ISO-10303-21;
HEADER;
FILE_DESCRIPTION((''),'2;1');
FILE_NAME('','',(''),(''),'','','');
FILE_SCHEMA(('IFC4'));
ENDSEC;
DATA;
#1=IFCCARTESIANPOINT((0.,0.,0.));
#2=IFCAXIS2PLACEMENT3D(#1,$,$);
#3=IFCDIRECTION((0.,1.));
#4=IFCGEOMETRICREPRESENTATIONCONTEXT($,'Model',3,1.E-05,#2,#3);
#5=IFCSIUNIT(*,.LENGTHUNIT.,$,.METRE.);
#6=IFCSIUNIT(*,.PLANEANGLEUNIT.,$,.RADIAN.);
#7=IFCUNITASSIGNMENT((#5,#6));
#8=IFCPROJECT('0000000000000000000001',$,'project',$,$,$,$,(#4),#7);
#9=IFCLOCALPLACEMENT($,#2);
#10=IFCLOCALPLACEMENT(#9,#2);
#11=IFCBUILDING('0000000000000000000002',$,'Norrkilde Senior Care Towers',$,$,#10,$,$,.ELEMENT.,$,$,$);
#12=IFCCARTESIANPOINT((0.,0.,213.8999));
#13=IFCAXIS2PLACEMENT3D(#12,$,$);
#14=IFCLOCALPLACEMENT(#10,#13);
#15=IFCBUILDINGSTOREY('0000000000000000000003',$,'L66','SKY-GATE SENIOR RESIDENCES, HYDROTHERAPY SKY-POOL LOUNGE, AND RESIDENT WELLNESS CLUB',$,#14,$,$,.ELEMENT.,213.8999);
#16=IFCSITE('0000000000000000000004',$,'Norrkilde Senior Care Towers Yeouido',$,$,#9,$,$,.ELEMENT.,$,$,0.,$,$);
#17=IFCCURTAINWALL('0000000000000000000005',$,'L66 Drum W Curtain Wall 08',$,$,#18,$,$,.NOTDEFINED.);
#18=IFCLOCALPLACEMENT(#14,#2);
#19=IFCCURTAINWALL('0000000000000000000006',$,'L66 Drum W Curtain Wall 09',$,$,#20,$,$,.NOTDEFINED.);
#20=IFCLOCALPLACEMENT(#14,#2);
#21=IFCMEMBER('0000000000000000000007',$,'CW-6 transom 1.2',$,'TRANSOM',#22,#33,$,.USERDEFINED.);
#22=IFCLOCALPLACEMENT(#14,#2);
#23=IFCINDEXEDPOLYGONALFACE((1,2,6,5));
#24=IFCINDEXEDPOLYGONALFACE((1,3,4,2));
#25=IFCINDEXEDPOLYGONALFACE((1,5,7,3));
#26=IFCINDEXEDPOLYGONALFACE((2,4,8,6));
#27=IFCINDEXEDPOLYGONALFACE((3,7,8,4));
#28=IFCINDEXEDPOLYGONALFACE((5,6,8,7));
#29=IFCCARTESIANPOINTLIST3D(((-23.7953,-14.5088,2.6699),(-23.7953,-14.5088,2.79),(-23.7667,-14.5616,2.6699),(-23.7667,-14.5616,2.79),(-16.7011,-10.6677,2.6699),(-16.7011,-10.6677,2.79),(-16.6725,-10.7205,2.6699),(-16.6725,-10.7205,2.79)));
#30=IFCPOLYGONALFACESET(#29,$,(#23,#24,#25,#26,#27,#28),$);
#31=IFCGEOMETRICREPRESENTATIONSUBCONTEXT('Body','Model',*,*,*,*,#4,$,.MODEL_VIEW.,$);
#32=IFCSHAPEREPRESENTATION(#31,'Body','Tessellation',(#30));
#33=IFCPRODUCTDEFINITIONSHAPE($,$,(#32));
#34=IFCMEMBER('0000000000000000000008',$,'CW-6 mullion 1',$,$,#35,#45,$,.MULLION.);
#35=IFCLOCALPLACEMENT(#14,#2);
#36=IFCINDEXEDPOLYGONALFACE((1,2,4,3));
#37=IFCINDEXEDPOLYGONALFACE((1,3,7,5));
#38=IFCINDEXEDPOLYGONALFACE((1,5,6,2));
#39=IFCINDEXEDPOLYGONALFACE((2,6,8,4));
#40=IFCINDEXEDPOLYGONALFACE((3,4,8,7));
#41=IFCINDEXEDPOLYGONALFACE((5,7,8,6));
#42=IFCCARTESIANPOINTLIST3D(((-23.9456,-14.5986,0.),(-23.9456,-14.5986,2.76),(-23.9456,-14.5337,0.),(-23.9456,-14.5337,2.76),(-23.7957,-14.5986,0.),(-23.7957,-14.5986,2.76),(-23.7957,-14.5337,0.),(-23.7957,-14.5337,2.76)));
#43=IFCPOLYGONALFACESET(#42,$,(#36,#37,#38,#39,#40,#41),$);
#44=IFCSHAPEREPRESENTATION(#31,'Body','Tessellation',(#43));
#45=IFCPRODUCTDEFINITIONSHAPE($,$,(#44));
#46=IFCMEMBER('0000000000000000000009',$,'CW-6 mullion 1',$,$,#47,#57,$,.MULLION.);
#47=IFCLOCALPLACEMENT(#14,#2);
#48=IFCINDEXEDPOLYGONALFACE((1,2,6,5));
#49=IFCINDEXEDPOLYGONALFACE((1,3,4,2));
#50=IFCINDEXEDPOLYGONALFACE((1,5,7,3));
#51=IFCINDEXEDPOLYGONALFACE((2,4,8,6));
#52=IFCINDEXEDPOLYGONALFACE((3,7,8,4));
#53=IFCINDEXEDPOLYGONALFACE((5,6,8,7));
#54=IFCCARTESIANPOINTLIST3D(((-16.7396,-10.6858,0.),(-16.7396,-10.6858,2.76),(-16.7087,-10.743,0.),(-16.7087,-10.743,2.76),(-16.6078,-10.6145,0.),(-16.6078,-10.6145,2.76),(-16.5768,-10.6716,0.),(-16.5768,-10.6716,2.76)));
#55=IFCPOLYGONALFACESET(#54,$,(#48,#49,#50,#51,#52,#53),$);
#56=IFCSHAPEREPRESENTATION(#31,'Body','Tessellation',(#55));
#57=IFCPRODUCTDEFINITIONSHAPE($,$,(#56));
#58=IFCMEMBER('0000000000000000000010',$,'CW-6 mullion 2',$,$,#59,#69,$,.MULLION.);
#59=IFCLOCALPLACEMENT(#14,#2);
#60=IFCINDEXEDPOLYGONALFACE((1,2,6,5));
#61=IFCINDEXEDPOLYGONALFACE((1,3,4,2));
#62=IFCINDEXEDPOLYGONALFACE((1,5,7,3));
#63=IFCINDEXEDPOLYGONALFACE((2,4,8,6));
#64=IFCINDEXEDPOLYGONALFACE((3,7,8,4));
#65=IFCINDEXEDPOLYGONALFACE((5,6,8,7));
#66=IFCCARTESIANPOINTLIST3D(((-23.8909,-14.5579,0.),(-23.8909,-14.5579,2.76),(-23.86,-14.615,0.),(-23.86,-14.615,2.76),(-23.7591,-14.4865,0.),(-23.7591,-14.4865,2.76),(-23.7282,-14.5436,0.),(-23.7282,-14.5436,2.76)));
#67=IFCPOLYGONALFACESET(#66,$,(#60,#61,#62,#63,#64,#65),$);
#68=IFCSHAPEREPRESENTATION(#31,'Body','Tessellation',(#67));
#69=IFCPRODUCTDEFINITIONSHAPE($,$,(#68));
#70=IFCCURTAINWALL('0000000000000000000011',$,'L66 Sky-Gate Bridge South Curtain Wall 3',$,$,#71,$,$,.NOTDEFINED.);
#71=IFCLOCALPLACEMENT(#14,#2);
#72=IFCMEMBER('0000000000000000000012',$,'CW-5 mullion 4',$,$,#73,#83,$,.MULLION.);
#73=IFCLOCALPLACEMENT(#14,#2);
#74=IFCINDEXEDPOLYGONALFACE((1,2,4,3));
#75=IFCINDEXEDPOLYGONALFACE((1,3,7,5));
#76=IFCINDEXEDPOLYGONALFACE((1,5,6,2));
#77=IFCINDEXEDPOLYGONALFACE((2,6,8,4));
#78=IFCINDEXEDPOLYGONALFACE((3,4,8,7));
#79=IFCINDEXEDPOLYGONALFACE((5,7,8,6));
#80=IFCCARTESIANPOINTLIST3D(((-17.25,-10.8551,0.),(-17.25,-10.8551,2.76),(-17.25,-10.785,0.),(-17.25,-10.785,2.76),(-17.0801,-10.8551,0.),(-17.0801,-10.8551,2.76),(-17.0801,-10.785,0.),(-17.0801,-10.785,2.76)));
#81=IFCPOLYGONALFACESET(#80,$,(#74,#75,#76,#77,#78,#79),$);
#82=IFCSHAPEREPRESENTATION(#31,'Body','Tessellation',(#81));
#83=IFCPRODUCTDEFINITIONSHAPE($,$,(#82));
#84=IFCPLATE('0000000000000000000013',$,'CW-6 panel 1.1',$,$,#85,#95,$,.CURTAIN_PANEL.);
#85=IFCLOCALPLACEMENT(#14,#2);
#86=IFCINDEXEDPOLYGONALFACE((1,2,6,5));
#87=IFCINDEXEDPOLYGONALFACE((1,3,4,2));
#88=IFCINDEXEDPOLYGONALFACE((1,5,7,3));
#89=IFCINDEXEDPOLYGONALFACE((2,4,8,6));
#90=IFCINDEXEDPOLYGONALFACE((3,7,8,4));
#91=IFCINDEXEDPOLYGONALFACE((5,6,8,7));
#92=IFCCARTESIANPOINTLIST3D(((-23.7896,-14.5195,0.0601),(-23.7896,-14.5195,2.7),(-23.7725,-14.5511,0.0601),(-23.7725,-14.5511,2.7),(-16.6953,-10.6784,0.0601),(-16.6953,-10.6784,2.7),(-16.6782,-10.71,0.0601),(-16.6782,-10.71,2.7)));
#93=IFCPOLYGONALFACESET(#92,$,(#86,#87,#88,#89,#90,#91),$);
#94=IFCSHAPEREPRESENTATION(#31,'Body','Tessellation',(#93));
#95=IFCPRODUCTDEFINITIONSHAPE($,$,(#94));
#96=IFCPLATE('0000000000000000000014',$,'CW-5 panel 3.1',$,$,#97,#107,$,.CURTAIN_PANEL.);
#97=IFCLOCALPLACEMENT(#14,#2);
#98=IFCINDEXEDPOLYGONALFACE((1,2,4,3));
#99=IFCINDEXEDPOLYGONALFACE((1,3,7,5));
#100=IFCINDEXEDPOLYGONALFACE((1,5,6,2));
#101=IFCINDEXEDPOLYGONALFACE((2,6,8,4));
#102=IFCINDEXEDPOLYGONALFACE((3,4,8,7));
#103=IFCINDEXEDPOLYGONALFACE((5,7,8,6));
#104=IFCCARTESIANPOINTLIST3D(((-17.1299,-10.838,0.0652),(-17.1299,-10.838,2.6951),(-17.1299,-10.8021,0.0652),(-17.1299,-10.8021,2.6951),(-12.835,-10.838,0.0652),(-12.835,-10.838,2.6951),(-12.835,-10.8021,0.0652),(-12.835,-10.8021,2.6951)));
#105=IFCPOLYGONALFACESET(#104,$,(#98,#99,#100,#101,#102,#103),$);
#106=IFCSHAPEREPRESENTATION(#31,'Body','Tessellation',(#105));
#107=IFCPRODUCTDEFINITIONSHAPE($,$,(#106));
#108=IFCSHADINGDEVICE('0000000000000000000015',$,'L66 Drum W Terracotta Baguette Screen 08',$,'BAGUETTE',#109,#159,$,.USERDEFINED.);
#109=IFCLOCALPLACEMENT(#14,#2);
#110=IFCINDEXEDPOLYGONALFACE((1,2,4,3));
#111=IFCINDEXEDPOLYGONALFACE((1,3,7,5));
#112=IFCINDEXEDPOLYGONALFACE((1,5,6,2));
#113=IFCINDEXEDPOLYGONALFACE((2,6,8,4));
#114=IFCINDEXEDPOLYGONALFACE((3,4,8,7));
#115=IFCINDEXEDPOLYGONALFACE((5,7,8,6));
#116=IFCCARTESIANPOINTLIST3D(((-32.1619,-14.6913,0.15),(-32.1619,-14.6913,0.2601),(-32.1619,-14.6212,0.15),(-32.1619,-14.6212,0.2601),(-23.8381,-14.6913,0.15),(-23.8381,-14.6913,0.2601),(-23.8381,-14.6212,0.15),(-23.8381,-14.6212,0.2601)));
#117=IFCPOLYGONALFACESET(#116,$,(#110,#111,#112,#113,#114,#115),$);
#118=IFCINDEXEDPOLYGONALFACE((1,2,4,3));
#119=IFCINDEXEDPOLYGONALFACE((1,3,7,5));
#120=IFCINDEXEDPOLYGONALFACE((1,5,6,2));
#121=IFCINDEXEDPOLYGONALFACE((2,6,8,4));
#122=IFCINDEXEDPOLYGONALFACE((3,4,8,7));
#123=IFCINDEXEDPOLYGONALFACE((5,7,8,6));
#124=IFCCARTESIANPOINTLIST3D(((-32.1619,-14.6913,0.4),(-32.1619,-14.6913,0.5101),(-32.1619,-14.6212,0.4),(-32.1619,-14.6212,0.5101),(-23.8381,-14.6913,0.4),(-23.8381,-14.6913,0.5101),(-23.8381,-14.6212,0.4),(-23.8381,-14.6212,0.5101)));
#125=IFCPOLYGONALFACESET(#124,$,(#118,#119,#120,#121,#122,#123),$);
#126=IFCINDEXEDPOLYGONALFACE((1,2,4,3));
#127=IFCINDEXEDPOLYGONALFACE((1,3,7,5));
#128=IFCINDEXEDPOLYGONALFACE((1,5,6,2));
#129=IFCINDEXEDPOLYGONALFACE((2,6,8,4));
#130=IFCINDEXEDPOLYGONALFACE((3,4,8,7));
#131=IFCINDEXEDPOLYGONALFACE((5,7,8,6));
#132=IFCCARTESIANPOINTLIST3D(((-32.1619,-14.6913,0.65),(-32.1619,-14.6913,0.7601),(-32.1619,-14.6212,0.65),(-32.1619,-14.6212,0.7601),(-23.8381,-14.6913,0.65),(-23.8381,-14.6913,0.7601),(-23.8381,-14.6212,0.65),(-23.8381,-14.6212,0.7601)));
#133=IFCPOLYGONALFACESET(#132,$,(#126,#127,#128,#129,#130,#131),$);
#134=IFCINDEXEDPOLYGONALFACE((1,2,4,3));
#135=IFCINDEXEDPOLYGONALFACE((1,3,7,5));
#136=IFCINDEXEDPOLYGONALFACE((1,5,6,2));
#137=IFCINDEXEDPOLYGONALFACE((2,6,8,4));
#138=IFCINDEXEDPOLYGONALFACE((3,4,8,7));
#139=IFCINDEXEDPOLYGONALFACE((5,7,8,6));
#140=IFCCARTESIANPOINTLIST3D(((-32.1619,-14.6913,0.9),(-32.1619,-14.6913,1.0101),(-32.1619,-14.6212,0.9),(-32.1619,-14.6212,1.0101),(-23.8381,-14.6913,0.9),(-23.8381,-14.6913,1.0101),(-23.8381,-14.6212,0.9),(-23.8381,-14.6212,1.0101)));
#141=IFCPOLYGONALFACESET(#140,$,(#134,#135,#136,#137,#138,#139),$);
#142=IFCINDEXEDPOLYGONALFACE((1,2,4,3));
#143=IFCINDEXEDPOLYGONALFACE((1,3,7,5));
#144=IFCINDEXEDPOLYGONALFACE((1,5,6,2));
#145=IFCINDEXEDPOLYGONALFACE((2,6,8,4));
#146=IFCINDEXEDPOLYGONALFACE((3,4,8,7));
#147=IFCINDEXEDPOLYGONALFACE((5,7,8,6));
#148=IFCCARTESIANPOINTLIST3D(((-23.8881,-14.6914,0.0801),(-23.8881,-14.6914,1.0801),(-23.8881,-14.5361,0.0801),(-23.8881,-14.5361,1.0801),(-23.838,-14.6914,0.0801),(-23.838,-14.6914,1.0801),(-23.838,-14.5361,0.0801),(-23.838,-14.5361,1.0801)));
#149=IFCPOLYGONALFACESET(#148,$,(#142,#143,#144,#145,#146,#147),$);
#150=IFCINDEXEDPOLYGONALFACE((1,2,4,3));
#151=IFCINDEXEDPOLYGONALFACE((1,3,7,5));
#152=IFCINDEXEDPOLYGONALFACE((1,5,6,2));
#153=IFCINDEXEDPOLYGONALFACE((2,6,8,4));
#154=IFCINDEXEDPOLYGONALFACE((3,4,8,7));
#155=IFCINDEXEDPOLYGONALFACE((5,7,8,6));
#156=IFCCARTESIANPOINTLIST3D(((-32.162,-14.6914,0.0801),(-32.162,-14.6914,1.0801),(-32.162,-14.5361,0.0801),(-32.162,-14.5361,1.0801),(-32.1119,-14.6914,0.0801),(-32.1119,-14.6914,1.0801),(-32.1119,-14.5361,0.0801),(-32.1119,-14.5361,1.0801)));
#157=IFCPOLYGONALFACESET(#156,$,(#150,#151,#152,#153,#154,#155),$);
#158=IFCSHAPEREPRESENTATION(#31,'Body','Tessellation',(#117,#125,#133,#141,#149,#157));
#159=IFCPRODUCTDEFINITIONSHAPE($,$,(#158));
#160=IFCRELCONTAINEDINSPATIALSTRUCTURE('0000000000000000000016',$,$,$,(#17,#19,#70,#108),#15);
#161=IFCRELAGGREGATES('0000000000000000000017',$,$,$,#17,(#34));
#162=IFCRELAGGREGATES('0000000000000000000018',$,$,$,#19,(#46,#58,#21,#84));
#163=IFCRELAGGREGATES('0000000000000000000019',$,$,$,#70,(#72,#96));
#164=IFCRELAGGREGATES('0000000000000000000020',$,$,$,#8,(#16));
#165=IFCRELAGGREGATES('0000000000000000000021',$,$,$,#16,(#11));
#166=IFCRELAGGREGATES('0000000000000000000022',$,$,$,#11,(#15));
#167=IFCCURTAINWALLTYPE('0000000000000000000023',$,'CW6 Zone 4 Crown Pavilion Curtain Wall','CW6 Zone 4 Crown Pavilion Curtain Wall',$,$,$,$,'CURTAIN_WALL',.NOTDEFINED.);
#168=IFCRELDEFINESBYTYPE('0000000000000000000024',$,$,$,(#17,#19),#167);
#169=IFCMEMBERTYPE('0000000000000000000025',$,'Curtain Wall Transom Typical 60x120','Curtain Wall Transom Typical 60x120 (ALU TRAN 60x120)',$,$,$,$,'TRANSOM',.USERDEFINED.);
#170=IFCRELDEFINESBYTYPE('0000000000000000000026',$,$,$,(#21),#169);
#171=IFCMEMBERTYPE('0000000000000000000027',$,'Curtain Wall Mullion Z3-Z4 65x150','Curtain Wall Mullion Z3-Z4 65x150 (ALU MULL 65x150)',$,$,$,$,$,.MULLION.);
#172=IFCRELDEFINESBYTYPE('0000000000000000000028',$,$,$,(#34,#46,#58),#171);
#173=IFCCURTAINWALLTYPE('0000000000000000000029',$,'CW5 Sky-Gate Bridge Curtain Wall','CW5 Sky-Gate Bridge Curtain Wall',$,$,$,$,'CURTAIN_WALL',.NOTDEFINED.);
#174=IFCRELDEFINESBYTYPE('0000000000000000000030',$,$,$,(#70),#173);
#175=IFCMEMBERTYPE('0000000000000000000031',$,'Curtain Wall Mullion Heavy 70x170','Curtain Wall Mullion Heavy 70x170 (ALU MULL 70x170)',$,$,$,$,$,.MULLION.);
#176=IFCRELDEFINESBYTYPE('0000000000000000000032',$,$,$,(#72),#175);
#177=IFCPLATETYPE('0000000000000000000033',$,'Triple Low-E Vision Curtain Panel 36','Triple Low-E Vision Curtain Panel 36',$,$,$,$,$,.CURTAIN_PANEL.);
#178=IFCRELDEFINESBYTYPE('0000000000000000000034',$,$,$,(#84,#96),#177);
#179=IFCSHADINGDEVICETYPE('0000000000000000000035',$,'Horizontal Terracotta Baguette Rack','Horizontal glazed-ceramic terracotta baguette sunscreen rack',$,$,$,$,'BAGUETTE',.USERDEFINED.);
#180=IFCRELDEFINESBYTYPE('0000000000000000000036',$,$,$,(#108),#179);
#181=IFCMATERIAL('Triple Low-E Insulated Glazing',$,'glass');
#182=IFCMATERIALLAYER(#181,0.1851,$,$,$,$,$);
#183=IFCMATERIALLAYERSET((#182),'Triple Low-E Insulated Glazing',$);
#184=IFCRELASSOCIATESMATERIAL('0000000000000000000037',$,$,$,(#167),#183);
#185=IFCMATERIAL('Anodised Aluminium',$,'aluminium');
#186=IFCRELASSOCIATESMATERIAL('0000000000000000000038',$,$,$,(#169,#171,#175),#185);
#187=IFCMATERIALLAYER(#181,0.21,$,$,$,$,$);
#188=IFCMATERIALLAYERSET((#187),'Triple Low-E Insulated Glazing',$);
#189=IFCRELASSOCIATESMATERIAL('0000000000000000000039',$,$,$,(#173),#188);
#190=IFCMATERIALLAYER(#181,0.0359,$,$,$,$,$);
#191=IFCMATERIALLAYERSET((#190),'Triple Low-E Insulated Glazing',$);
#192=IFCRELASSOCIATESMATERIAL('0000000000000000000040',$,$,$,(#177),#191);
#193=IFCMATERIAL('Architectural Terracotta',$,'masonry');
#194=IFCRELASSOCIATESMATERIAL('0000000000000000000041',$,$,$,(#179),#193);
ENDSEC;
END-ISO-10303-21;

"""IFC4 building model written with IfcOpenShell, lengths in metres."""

from ifc_helpers import new_model, si_unit, direction, frame, origin, origin_2d, place, context, subcontext, project, spatial, rectangle, extrude, source, transform, mapped, material, layer, layer_set, material_profile, profile_set, type_object, type_shapes, element, aggregate, save


model = new_model("IFC4")

# Units and contexts
model_context = context("Model", 3, precision=1e-05, world=origin(), true_north=direction((0.0, 1.0)))
body_context = subcontext(model_context, "Body", "Model", "MODEL_VIEW")
ifc_project = project(units=[si_unit("LENGTHUNIT", "METRE"), si_unit("PLANEANGLEUNIT", "RADIAN")], contexts=[model_context])

# Site, building, storey
site_placement = place(None, origin())
site = spatial("IfcSite", under=ifc_project, at=site_placement, Name="Norrkilde Senior Care Towers Yeouido", CompositionType="ELEMENT", RefElevation=0.0)
building_placement = place(site_placement, origin())
building = spatial("IfcBuilding", under=site, at=building_placement, Name="Norrkilde Senior Care Towers", CompositionType="ELEMENT")
storey_placement = place(building_placement, frame((0.0, 0.0, 213.8999)))
storey = spatial("IfcBuildingStorey", under=building, at=storey_placement, Name="L66", Description="SKY-GATE SENIOR RESIDENCES, HYDROTHERAPY SKY-POOL LOUNGE, AND RESIDENT WELLNESS CLUB", CompositionType="ELEMENT", Elevation=213.8999)

# Curtain walls, member
ifc_material_1 = material(Name="Triple Low-E Insulated Glazing", Category="glass")
ifc_layer_1 = layer(ifc_material_1, 0.1851)
ifc_layer_set_1 = layer_set([ifc_layer_1], Name="Triple Low-E Insulated Glazing")
curtain_wall_type_1 = type_object("IfcCurtainWallType", Name="CW6 Zone 4 Crown Pavilion Curtain Wall", Description="CW6 Zone 4 Crown Pavilion Curtain Wall", ElementType="CURTAIN_WALL", PredefinedType="NOTDEFINED", material=ifc_layer_set_1)
curtain_wall_1_placement = place(storey_placement, origin())
curtain_wall_1 = element("IfcCurtainWall", 1, at=curtain_wall_1_placement, inside=storey, type_object=curtain_wall_type_1, Name="L66 Drum W Curtain Wall 08", PredefinedType="NOTDEFINED")
ifc_material_2 = material(Name="Anodised Aluminium", Category="aluminium")
ifc_material_profile_1 = material_profile(ifc_material_2, rectangle(XDim=0.0601, YDim=0.1201, at=origin_2d()), Name="ALU TRAN 60x120")
ifc_profile_set_1 = profile_set([ifc_material_profile_1], Name="Anodised Aluminium")
member_type_1 = type_object("IfcMemberType", Name="Curtain Wall Transom Typical 60x120", Description="Curtain Wall Transom Typical 60x120 (ALU TRAN 60x120)", ElementType="TRANSOM", PredefinedType="USERDEFINED", material=ifc_profile_set_1)
curtain_wall_2_placement = place(storey_placement, origin())
curtain_wall_2 = element("IfcCurtainWall", 2, at=curtain_wall_2_placement, inside=storey, type_object=curtain_wall_type_1, Name="L66 Drum W Curtain Wall 09", PredefinedType="NOTDEFINED")
shared_shape_1 = source(origin(), body_context, "Body", "SweptSolid", [
    extrude(rectangle(XDim=0.0601, YDim=0.1201, at=origin_2d()), origin(), (0.0, 0.0, 1.0), 8.0674),
])
member_1_placement = place(storey_placement, frame((-16.6868, -10.6941, 2.73), z_axis=(-0.879378, -0.476125, 0.0), x_axis=(0.476125, -0.879378, 0.0)))
member_1 = element("IfcMember", 3, at=member_1_placement, type_object=member_type_1, Name="CW-6 transom 1.2", ObjectType="TRANSOM", PredefinedType="USERDEFINED", context=body_context, shape_type="MappedRepresentation", body=[
    mapped(shared_shape_1, transform((0.0, 0.0, 0.0), x_axis=(1.0, 0.0, 0.0), y_axis=(0.0, 1.0, 0.0), z_axis=(0.0, 0.0, 1.0), scale=1.0)),
])

# Members
ifc_material_profile_2 = material_profile(ifc_material_2, rectangle(XDim=0.0649, YDim=0.1499, at=origin_2d()), Name="ALU MULL 65x150")
ifc_profile_set_2 = profile_set([ifc_material_profile_2], Name="Anodised Aluminium")
member_type_2 = type_object("IfcMemberType", Name="Curtain Wall Mullion Z3-Z4 65x150", Description="Curtain Wall Mullion Z3-Z4 65x150 (ALU MULL 65x150)", PredefinedType="MULLION", material=ifc_profile_set_2)
shared_shape_2 = source(origin(), body_context, "Body", "SweptSolid", [
    extrude(rectangle(XDim=0.0649, YDim=0.1499, at=origin_2d()), origin(), (0.0, 0.0, 1.0), 2.76),
])
type_shapes(member_type_2, [shared_shape_2])
member_2_placement = place(storey_placement, frame((-23.8706, -14.5662, 0.0), z_axis=(0.0, 0.0, 1.0), x_axis=(0.0, -1.0, 0.0)))
member_2 = element("IfcMember", 4, at=member_2_placement, type_object=member_type_2, Name="CW-6 mullion 1", PredefinedType="MULLION", context=body_context, shape_type="MappedRepresentation", body=[
    mapped(shared_shape_2, transform((0.0, 0.0, 0.0), x_axis=(1.0, 0.0, 0.0), y_axis=(0.0, 1.0, 0.0), z_axis=(0.0, 0.0, 1.0), scale=1.0)),
])
aggregate(curtain_wall_1, [member_2])
member_3_placement = place(storey_placement, frame((-16.6582, -10.6787, 0.0), z_axis=(0.0, 0.0, 1.0), x_axis=(0.476133, -0.879373, 0.0)))
member_3 = element("IfcMember", 5, at=member_3_placement, type_object=member_type_2, Name="CW-6 mullion 1", PredefinedType="MULLION", context=body_context, shape_type="MappedRepresentation", body=[
    mapped(shared_shape_2, transform((0.0, 0.0, 0.0), x_axis=(1.0, 0.0, 0.0), y_axis=(0.0, 1.0, 0.0), z_axis=(0.0, 0.0, 1.0), scale=1.0)),
])
member_4_placement = place(storey_placement, frame((-23.8096, -14.5508, 0.0), z_axis=(0.0, 0.0, 1.0), x_axis=(0.476133, -0.879373, 0.0)))
member_4 = element("IfcMember", 6, at=member_4_placement, type_object=member_type_2, Name="CW-6 mullion 2", PredefinedType="MULLION", context=body_context, shape_type="MappedRepresentation", body=[
    mapped(shared_shape_2, transform((0.0, 0.0, 0.0), x_axis=(1.0, 0.0, 0.0), y_axis=(0.0, 1.0, 0.0), z_axis=(0.0, 0.0, 1.0), scale=1.0)),
])

# Curtain wall, member
ifc_layer_2 = layer(ifc_material_1, 0.21)
ifc_layer_set_2 = layer_set([ifc_layer_2], Name="Triple Low-E Insulated Glazing")
curtain_wall_type_2 = type_object("IfcCurtainWallType", Name="CW5 Sky-Gate Bridge Curtain Wall", Description="CW5 Sky-Gate Bridge Curtain Wall", ElementType="CURTAIN_WALL", PredefinedType="NOTDEFINED", material=ifc_layer_set_2)
curtain_wall_3_placement = place(storey_placement, origin())
curtain_wall_3 = element("IfcCurtainWall", 7, at=curtain_wall_3_placement, inside=storey, type_object=curtain_wall_type_2, Name="L66 Sky-Gate Bridge South Curtain Wall 3", PredefinedType="NOTDEFINED")
ifc_material_profile_3 = material_profile(ifc_material_2, rectangle(XDim=0.0701, YDim=0.1699, at=origin_2d()), Name="ALU MULL 70x170")
ifc_profile_set_3 = profile_set([ifc_material_profile_3], Name="Anodised Aluminium")
member_type_3 = type_object("IfcMemberType", Name="Curtain Wall Mullion Heavy 70x170", Description="Curtain Wall Mullion Heavy 70x170 (ALU MULL 70x170)", PredefinedType="MULLION", material=ifc_profile_set_3)
shared_shape_3 = source(origin(), body_context, "Body", "SweptSolid", [
    extrude(rectangle(XDim=0.0701, YDim=0.1699, at=origin_2d()), origin(), (0.0, 0.0, 1.0), 2.76),
])
type_shapes(member_type_3, [shared_shape_3])
member_5_placement = place(storey_placement, frame((-17.165, -10.8201, 0.0), z_axis=(0.0, 0.0, 1.0), x_axis=(0.0, -1.0, 0.0)))
member_5 = element("IfcMember", 8, at=member_5_placement, type_object=member_type_3, Name="CW-5 mullion 4", PredefinedType="MULLION", context=body_context, shape_type="MappedRepresentation", body=[
    mapped(shared_shape_3, transform((0.0, 0.0, 0.0), x_axis=(1.0, 0.0, 0.0), y_axis=(0.0, 1.0, 0.0), z_axis=(0.0, 0.0, 1.0), scale=1.0)),
])

# Plates
ifc_layer_3 = layer(ifc_material_1, 0.0359)
ifc_layer_set_3 = layer_set([ifc_layer_3], Name="Triple Low-E Insulated Glazing")
plate_type = type_object("IfcPlateType", Name="Triple Low-E Vision Curtain Panel 36", Description="Triple Low-E Vision Curtain Panel 36", PredefinedType="CURTAIN_PANEL", material=ifc_layer_set_3)
shared_shape_4 = source(origin(), body_context, "Body", "SweptSolid", [
    extrude(rectangle(XDim=8.0674, YDim=0.0359, at=origin_2d()), origin(), (0.0, 0.0, 1.0), 2.6399),
])
plate_1_placement = place(storey_placement, frame((-20.2339, -12.6147, 0.0601), z_axis=(0.0, 0.0, 1.0), x_axis=(-0.879373, -0.476133, 0.0)))
plate_1 = element("IfcPlate", 9, at=plate_1_placement, type_object=plate_type, Name="CW-6 panel 1.1", PredefinedType="CURTAIN_PANEL", context=body_context, shape_type="MappedRepresentation", body=[
    mapped(shared_shape_4, transform((0.0, 0.0, 0.0), x_axis=(1.0, 0.0, 0.0), y_axis=(0.0, 1.0, 0.0), z_axis=(0.0, 0.0, 1.0), scale=1.0)),
])
aggregate(curtain_wall_2, [member_3, member_4, member_1, plate_1])
shared_shape_5 = source(origin(), body_context, "Body", "SweptSolid", [
    extrude(rectangle(XDim=4.2949, YDim=0.0359, at=origin_2d()), origin(), (0.0, 0.0, 1.0), 2.6299),
])
type_shapes(plate_type, [shared_shape_4, shared_shape_5])
plate_2_placement = place(storey_placement, frame((-14.9824, -10.8201, 0.0652), z_axis=(0.0, 0.0, 1.0), x_axis=(-1.0, 0.0, 0.0)))
plate_2 = element("IfcPlate", 10, at=plate_2_placement, type_object=plate_type, Name="CW-5 panel 3.1", PredefinedType="CURTAIN_PANEL", context=body_context, shape_type="MappedRepresentation", body=[
    mapped(shared_shape_5, transform((0.0, 0.0, 0.0), x_axis=(1.0, 0.0, 0.0), y_axis=(0.0, 1.0, 0.0), z_axis=(0.0, 0.0, 1.0), scale=1.0)),
])
aggregate(curtain_wall_3, [member_5, plate_2])

# Shading device
ifc_material_3 = material(Name="Architectural Terracotta", Category="masonry")
shading_device_type = type_object("IfcShadingDeviceType", Name="Horizontal Terracotta Baguette Rack", Description="Horizontal glazed-ceramic terracotta baguette sunscreen rack", ElementType="BAGUETTE", PredefinedType="USERDEFINED", material=ifc_material_3)
shared_shape_6 = source(origin(), body_context, "Body", "SweptSolid", [
    extrude(rectangle(XDim=0.0701, YDim=0.1101, at=origin_2d()), frame((0.0, 0.0901, 0.125), z_axis=(1.0, 0.0, 0.0), x_axis=(0.0, 1.0, 0.0)), (0.0, 0.0, 1.0), 8.3237),
    extrude(rectangle(XDim=0.0701, YDim=0.1101, at=origin_2d()), frame((0.0, 0.0901, 0.375), z_axis=(1.0, 0.0, 0.0), x_axis=(0.0, 1.0, 0.0)), (0.0, 0.0, 1.0), 8.3237),
    extrude(rectangle(XDim=0.0701, YDim=0.1101, at=origin_2d()), frame((0.0, 0.0901, 0.625), z_axis=(1.0, 0.0, 0.0), x_axis=(0.0, 1.0, 0.0)), (0.0, 0.0, 1.0), 8.3237),
    extrude(rectangle(XDim=0.0701, YDim=0.1101, at=origin_2d()), frame((0.0, 0.0901, 0.875), z_axis=(1.0, 0.0, 0.0), x_axis=(0.0, 1.0, 0.0)), (0.0, 0.0, 1.0), 8.3237),
    extrude(rectangle(XDim=0.05, YDim=0.1553, at=origin_2d()), frame((0.0249, 0.0476, 0.0)), (0.0, 0.0, 1.0), 1.0),
    extrude(rectangle(XDim=0.05, YDim=0.1553, at=origin_2d()), frame((8.2988, 0.0476, 0.0)), (0.0, 0.0, 1.0), 1.0),
])
type_shapes(shading_device_type, [shared_shape_6])
shading_device_placement = place(storey_placement, frame((-23.8381, -14.5662, 0.0801), z_axis=(0.0, 0.0, 1.0), x_axis=(-1.0, 0.0, 0.0)))
element("IfcShadingDevice", 11, at=shading_device_placement, inside=storey, type_object=shading_device_type, Name="L66 Drum W Terracotta Baguette Screen 08", ObjectType="BAGUETTE", PredefinedType="USERDEFINED", context=body_context, shape_type="MappedRepresentation", body=[
    mapped(shared_shape_6, transform((0.0, 0.0, 0.0), x_axis=(1.0, 0.0, 0.0), y_axis=(0.0, 1.0, 0.0), z_axis=(0.0, 0.0, 1.0), scale=1.0)),
])

save(model, "model.ifc")
